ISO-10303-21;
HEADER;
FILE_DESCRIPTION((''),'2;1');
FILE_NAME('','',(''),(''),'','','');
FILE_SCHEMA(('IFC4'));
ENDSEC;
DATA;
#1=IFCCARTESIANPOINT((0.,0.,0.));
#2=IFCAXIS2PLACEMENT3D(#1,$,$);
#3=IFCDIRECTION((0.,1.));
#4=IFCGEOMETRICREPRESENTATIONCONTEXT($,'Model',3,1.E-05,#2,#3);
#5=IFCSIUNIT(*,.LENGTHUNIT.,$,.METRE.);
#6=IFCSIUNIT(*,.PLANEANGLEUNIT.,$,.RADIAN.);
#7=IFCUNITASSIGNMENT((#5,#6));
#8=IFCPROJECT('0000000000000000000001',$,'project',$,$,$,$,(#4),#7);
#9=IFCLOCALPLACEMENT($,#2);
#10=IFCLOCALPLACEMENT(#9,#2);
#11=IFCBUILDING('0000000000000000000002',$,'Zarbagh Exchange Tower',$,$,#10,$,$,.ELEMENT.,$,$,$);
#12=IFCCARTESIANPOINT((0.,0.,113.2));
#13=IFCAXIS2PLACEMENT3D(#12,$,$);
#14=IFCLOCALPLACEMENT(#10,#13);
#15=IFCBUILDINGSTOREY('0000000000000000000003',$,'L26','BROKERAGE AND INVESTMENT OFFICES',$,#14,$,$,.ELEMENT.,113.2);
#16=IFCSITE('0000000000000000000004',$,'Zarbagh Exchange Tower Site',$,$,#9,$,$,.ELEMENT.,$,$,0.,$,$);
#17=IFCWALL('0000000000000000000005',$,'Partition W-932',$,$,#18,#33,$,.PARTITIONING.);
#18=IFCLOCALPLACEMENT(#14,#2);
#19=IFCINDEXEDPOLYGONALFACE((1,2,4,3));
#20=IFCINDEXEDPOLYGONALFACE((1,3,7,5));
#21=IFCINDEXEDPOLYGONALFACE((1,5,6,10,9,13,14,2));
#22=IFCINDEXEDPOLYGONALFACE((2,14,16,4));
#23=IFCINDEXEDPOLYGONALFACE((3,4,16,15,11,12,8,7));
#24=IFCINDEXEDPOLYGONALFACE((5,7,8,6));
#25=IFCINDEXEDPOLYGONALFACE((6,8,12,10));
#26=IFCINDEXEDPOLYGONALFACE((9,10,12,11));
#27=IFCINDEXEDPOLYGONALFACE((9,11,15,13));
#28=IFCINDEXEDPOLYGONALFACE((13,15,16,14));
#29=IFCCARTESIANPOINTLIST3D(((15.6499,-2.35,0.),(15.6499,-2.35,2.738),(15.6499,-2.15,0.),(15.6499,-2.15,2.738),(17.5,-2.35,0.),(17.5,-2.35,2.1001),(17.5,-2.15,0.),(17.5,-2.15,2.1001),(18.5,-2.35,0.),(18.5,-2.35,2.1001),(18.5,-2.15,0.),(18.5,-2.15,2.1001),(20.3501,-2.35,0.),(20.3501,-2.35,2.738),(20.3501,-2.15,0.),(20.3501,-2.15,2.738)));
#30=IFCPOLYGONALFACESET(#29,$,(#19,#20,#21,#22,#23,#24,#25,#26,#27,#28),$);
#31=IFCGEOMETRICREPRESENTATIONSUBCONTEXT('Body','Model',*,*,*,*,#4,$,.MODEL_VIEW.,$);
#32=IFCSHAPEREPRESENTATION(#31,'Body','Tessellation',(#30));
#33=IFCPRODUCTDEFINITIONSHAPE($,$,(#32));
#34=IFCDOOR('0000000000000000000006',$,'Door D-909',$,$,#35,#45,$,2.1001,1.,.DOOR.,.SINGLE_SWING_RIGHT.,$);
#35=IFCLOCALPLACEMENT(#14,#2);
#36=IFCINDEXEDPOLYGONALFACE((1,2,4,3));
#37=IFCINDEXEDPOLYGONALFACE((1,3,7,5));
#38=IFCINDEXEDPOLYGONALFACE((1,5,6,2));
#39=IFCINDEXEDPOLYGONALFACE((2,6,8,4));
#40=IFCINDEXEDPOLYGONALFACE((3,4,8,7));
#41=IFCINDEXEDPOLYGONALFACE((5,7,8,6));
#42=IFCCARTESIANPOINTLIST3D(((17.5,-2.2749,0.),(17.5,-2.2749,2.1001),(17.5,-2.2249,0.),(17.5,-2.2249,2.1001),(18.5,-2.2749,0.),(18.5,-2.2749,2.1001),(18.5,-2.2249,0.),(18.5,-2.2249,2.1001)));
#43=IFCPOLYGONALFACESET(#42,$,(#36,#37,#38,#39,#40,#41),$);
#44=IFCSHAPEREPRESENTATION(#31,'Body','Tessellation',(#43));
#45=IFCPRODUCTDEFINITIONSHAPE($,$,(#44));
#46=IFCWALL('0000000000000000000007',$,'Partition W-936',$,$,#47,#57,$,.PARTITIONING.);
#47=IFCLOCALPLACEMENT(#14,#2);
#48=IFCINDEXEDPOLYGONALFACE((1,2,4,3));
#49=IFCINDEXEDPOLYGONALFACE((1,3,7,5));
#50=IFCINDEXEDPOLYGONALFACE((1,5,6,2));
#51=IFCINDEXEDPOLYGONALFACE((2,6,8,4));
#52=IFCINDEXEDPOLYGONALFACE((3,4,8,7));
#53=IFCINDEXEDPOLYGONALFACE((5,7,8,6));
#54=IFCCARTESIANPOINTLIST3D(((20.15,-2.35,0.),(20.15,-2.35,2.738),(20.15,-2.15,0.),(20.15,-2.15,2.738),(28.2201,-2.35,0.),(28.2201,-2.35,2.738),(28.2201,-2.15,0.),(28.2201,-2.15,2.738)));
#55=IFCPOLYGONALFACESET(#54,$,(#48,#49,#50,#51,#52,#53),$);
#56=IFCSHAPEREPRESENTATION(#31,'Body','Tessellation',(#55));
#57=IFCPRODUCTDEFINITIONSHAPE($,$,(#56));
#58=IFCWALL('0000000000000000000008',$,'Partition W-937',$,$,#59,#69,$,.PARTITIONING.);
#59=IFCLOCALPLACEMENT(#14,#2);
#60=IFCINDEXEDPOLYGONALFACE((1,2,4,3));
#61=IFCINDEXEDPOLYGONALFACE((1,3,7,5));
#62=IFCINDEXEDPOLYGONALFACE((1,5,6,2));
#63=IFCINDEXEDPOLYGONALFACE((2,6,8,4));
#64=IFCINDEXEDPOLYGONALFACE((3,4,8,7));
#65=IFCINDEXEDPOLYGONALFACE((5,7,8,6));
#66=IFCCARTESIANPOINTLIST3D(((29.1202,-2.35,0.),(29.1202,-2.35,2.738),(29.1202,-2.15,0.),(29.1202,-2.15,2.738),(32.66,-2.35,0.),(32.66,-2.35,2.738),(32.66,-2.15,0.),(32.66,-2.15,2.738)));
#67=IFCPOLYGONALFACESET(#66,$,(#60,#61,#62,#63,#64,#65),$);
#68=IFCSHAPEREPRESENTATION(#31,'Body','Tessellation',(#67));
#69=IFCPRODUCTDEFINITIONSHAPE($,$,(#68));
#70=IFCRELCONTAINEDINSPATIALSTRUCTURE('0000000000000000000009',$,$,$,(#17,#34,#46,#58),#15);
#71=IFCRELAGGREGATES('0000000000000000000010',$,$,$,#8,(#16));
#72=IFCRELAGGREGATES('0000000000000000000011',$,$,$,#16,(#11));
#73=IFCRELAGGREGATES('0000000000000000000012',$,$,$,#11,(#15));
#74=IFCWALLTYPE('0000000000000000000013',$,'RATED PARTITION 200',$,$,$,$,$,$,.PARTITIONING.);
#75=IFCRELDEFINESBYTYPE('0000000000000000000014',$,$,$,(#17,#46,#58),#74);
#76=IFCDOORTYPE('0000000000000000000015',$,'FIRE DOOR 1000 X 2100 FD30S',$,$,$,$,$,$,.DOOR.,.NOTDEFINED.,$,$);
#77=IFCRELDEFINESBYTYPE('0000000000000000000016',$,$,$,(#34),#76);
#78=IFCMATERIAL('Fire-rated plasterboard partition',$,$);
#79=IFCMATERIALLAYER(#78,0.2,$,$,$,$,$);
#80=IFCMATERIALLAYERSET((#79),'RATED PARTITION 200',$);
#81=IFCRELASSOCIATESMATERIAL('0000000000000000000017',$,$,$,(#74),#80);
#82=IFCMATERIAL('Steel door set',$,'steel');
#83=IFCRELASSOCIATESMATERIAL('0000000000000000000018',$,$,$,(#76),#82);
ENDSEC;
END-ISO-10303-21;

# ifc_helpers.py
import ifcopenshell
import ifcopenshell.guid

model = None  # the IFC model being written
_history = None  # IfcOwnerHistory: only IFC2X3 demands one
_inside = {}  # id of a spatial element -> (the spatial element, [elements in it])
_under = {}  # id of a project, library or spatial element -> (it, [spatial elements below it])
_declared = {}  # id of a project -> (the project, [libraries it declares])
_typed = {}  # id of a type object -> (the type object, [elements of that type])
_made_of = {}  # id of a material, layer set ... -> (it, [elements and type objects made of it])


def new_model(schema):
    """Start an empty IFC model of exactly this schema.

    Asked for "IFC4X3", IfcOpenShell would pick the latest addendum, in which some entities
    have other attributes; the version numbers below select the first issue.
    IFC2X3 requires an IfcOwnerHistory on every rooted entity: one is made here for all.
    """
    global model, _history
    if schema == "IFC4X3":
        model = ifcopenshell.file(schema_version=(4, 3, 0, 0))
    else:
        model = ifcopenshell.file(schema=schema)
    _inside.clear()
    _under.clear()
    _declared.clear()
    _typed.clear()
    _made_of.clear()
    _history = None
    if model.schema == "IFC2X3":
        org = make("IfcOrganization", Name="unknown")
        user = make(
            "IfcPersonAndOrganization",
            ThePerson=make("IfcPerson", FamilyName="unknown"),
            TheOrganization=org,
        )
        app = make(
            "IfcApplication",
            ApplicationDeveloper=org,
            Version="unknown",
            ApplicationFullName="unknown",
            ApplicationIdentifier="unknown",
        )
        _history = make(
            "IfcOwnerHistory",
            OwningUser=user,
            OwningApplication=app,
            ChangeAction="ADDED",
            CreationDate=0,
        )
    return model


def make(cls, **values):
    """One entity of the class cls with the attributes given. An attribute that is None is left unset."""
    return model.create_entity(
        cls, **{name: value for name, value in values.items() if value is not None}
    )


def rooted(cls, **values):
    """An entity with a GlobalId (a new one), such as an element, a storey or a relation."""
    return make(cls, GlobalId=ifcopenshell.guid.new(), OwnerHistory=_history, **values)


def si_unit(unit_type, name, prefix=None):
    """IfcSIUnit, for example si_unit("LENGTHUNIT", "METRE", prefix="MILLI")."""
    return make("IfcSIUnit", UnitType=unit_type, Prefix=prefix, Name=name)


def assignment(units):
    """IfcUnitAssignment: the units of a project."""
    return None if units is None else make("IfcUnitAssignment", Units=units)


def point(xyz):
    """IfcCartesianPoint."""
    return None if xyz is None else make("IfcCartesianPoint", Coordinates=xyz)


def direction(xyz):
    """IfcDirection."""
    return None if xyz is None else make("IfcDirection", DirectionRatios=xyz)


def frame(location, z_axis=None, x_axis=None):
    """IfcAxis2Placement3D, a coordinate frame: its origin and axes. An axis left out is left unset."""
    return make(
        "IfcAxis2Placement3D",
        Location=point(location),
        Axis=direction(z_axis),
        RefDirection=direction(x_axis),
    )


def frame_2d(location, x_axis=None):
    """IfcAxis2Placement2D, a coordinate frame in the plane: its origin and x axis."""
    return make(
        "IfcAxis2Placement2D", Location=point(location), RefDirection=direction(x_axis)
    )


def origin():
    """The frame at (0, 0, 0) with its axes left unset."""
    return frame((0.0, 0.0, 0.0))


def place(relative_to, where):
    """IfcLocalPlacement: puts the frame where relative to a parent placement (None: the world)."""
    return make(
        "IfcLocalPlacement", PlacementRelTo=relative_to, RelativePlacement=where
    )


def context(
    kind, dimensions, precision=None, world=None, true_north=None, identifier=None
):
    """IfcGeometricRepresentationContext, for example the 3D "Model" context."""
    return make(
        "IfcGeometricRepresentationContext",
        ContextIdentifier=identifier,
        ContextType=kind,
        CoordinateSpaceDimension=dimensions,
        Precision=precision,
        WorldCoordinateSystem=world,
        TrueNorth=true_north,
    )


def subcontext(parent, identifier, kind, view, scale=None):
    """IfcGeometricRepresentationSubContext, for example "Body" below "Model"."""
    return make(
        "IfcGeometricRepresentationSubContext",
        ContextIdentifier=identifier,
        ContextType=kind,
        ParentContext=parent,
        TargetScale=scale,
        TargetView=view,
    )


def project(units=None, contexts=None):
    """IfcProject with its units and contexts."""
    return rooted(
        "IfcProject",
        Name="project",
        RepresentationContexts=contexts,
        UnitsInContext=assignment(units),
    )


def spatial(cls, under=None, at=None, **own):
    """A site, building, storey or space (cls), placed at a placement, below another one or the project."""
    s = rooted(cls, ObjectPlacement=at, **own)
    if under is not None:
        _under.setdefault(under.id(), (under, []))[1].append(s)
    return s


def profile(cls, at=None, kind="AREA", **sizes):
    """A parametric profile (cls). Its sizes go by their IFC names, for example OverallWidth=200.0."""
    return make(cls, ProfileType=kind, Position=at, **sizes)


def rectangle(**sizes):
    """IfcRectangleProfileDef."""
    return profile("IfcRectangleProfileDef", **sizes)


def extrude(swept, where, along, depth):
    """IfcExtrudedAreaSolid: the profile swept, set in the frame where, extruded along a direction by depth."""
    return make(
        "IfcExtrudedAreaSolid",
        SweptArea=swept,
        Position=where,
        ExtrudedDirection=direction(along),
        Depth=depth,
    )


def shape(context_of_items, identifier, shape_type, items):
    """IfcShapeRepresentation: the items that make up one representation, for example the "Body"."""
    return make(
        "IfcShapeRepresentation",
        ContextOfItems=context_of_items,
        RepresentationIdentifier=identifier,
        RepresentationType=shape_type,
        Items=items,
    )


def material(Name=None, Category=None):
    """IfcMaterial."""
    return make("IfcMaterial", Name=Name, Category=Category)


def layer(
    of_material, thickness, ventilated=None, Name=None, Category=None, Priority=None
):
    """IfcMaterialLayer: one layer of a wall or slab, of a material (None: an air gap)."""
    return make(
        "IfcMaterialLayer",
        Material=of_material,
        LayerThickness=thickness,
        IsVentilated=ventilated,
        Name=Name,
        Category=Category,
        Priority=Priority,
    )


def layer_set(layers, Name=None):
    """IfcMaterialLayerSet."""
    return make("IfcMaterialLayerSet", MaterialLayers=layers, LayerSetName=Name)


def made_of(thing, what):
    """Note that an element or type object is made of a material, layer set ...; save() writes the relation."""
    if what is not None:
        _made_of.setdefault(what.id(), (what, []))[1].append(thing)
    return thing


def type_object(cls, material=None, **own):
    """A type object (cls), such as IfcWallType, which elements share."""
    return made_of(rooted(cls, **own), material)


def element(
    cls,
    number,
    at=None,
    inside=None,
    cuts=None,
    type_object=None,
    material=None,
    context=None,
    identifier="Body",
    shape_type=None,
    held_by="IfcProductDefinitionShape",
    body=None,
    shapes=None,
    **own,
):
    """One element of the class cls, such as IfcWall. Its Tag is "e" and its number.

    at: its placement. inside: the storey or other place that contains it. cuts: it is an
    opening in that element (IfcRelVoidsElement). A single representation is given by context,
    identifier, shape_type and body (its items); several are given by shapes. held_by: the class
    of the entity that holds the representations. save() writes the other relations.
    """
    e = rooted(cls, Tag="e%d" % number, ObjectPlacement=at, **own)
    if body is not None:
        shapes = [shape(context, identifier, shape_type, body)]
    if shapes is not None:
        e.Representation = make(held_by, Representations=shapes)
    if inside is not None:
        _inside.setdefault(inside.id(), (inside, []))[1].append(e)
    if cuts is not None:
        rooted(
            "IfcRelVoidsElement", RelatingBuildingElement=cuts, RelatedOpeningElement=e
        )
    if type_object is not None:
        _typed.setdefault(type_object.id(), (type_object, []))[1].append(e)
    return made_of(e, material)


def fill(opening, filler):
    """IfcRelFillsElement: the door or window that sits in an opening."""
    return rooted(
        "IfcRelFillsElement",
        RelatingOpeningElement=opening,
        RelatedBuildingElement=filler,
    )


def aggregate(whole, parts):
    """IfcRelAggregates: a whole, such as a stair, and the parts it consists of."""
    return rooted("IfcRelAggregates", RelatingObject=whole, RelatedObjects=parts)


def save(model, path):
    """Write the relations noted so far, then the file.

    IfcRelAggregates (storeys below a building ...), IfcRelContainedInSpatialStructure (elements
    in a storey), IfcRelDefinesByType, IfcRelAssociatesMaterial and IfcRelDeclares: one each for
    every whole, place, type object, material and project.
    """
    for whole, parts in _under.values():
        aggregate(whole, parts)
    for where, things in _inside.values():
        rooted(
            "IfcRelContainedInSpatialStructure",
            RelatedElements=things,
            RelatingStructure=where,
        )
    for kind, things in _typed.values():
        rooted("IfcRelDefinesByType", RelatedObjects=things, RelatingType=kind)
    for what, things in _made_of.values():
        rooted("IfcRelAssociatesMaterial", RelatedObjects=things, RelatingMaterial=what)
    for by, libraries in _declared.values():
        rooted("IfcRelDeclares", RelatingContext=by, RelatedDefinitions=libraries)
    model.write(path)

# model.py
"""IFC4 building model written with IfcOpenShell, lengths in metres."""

from ifc_helpers import new_model, si_unit, direction, frame, frame_2d, origin, place, context, subcontext, project, spatial, rectangle, extrude, material, layer, layer_set, type_object, element, fill, save


model = new_model("IFC4")

# Units and contexts
model_context = context("Model", 3, precision=1e-05, world=origin(), true_north=direction((0.0, 1.0)))
body_context = subcontext(model_context, "Body", "Model", "MODEL_VIEW")
ifc_project = project(units=[si_unit("LENGTHUNIT", "METRE"), si_unit("PLANEANGLEUNIT", "RADIAN")], contexts=[model_context])

# Site, building, storey
site_placement = place(None, origin())
site = spatial("IfcSite", under=ifc_project, at=site_placement, Name="Zarbagh Exchange Tower Site", CompositionType="ELEMENT", RefElevation=0.0)
building_placement = place(site_placement, origin())
building = spatial("IfcBuilding", under=site, at=building_placement, Name="Zarbagh Exchange Tower", CompositionType="ELEMENT")
storey_placement = place(building_placement, frame((0.0, 0.0, 113.2)))
storey = spatial("IfcBuildingStorey", under=building, at=storey_placement, Name="L26", Description="BROKERAGE AND INVESTMENT OFFICES", CompositionType="ELEMENT", Elevation=113.2)

# Shared definitions
ifc_material_1 = material(Name="Fire-rated plasterboard partition")
ifc_layer = layer(ifc_material_1, 0.2)
ifc_layer_set = layer_set([ifc_layer], Name="RATED PARTITION 200")
wall_type = type_object("IfcWallType", Name="RATED PARTITION 200", PredefinedType="PARTITIONING", material=ifc_layer_set)

# Shared definitions
ifc_material_2 = material(Name="Steel door set", Category="steel")
door_type = type_object("IfcDoorType", Name="FIRE DOOR 1000 X 2100 FD30S", OperationType="NOTDEFINED", PredefinedType="DOOR", material=ifc_material_2)

# Wall, opening, door
wall_1_placement = place(storey_placement, frame((20.3501, -2.25, 0.0), z_axis=(0.0, 0.0, 1.0), x_axis=(-1.0, 0.0, 0.0)))
wall_1 = element("IfcWall", 1, at=wall_1_placement, inside=storey, type_object=wall_type, Name="Partition W-932", PredefinedType="PARTITIONING", context=body_context, shape_type="SweptSolid", body=[
    extrude(rectangle(XDim=4.7002, YDim=0.2, at=frame_2d((2.3501, 0.0))), origin(), (0.0, 0.0, 1.0), 2.738),
])
opening_1_placement = place(wall_1_placement, frame((1.8501, 0.0, 0.0)))
opening_1 = element("IfcOpeningElement", 2, at=opening_1_placement, cuts=wall_1, PredefinedType="OPENING", context=body_context, shape_type="SweptSolid", body=[
    extrude(rectangle(XDim=1.0, YDim=2.1001, at=frame_2d((0.5, 1.05))), frame((0.0, 0.1099, 0.0), z_axis=(0.0, -1.0, 0.0), x_axis=(1.0, 0.0, 0.0)), (0.0, 0.0, 1.0), 0.22),
])
door_1_placement = place(opening_1_placement, origin())
door_1 = element("IfcDoor", 3, at=door_1_placement, inside=storey, type_object=door_type, Name="Door D-909", OperationType="SINGLE_SWING_RIGHT", OverallHeight=2.1001, OverallWidth=1.0, PredefinedType="DOOR", context=body_context, shape_type="SweptSolid", body=[
    extrude(rectangle(XDim=1.0, YDim=2.1001, at=frame_2d((0.5, 1.05))), frame((0.0, 0.0249, 0.0), z_axis=(0.0, -1.0, 0.0), x_axis=(1.0, 0.0, 0.0)), (0.0, 0.0, 1.0), 0.05),
])
fill(opening_1, door_1)

# Walls
wall_2_placement = place(storey_placement, frame((20.1499, -2.25, 0.0), z_axis=(0.0, 0.0, 1.0), x_axis=(1.0, 0.0, 0.0)))
element("IfcWall", 4, at=wall_2_placement, inside=storey, type_object=wall_type, Name="Partition W-936", PredefinedType="PARTITIONING", context=body_context, shape_type="SweptSolid", body=[
    extrude(rectangle(XDim=8.0701, YDim=0.2, at=frame_2d((4.0352, 0.0))), origin(), (0.0, 0.0, 1.0), 2.738),
])
wall_3_placement = place(storey_placement, frame((29.1201, -2.25, 0.0), z_axis=(0.0, 0.0, 1.0), x_axis=(1.0, 0.0, 0.0)))
element("IfcWall", 5, at=wall_3_placement, inside=storey, type_object=wall_type, Name="Partition W-937", PredefinedType="PARTITIONING", context=body_context, shape_type="SweptSolid", body=[
    extrude(rectangle(XDim=3.5398, YDim=0.2, at=frame_2d((1.77, 0.0))), origin(), (0.0, 0.0, 1.0), 2.738),
])

save(model, "model.ifc")
